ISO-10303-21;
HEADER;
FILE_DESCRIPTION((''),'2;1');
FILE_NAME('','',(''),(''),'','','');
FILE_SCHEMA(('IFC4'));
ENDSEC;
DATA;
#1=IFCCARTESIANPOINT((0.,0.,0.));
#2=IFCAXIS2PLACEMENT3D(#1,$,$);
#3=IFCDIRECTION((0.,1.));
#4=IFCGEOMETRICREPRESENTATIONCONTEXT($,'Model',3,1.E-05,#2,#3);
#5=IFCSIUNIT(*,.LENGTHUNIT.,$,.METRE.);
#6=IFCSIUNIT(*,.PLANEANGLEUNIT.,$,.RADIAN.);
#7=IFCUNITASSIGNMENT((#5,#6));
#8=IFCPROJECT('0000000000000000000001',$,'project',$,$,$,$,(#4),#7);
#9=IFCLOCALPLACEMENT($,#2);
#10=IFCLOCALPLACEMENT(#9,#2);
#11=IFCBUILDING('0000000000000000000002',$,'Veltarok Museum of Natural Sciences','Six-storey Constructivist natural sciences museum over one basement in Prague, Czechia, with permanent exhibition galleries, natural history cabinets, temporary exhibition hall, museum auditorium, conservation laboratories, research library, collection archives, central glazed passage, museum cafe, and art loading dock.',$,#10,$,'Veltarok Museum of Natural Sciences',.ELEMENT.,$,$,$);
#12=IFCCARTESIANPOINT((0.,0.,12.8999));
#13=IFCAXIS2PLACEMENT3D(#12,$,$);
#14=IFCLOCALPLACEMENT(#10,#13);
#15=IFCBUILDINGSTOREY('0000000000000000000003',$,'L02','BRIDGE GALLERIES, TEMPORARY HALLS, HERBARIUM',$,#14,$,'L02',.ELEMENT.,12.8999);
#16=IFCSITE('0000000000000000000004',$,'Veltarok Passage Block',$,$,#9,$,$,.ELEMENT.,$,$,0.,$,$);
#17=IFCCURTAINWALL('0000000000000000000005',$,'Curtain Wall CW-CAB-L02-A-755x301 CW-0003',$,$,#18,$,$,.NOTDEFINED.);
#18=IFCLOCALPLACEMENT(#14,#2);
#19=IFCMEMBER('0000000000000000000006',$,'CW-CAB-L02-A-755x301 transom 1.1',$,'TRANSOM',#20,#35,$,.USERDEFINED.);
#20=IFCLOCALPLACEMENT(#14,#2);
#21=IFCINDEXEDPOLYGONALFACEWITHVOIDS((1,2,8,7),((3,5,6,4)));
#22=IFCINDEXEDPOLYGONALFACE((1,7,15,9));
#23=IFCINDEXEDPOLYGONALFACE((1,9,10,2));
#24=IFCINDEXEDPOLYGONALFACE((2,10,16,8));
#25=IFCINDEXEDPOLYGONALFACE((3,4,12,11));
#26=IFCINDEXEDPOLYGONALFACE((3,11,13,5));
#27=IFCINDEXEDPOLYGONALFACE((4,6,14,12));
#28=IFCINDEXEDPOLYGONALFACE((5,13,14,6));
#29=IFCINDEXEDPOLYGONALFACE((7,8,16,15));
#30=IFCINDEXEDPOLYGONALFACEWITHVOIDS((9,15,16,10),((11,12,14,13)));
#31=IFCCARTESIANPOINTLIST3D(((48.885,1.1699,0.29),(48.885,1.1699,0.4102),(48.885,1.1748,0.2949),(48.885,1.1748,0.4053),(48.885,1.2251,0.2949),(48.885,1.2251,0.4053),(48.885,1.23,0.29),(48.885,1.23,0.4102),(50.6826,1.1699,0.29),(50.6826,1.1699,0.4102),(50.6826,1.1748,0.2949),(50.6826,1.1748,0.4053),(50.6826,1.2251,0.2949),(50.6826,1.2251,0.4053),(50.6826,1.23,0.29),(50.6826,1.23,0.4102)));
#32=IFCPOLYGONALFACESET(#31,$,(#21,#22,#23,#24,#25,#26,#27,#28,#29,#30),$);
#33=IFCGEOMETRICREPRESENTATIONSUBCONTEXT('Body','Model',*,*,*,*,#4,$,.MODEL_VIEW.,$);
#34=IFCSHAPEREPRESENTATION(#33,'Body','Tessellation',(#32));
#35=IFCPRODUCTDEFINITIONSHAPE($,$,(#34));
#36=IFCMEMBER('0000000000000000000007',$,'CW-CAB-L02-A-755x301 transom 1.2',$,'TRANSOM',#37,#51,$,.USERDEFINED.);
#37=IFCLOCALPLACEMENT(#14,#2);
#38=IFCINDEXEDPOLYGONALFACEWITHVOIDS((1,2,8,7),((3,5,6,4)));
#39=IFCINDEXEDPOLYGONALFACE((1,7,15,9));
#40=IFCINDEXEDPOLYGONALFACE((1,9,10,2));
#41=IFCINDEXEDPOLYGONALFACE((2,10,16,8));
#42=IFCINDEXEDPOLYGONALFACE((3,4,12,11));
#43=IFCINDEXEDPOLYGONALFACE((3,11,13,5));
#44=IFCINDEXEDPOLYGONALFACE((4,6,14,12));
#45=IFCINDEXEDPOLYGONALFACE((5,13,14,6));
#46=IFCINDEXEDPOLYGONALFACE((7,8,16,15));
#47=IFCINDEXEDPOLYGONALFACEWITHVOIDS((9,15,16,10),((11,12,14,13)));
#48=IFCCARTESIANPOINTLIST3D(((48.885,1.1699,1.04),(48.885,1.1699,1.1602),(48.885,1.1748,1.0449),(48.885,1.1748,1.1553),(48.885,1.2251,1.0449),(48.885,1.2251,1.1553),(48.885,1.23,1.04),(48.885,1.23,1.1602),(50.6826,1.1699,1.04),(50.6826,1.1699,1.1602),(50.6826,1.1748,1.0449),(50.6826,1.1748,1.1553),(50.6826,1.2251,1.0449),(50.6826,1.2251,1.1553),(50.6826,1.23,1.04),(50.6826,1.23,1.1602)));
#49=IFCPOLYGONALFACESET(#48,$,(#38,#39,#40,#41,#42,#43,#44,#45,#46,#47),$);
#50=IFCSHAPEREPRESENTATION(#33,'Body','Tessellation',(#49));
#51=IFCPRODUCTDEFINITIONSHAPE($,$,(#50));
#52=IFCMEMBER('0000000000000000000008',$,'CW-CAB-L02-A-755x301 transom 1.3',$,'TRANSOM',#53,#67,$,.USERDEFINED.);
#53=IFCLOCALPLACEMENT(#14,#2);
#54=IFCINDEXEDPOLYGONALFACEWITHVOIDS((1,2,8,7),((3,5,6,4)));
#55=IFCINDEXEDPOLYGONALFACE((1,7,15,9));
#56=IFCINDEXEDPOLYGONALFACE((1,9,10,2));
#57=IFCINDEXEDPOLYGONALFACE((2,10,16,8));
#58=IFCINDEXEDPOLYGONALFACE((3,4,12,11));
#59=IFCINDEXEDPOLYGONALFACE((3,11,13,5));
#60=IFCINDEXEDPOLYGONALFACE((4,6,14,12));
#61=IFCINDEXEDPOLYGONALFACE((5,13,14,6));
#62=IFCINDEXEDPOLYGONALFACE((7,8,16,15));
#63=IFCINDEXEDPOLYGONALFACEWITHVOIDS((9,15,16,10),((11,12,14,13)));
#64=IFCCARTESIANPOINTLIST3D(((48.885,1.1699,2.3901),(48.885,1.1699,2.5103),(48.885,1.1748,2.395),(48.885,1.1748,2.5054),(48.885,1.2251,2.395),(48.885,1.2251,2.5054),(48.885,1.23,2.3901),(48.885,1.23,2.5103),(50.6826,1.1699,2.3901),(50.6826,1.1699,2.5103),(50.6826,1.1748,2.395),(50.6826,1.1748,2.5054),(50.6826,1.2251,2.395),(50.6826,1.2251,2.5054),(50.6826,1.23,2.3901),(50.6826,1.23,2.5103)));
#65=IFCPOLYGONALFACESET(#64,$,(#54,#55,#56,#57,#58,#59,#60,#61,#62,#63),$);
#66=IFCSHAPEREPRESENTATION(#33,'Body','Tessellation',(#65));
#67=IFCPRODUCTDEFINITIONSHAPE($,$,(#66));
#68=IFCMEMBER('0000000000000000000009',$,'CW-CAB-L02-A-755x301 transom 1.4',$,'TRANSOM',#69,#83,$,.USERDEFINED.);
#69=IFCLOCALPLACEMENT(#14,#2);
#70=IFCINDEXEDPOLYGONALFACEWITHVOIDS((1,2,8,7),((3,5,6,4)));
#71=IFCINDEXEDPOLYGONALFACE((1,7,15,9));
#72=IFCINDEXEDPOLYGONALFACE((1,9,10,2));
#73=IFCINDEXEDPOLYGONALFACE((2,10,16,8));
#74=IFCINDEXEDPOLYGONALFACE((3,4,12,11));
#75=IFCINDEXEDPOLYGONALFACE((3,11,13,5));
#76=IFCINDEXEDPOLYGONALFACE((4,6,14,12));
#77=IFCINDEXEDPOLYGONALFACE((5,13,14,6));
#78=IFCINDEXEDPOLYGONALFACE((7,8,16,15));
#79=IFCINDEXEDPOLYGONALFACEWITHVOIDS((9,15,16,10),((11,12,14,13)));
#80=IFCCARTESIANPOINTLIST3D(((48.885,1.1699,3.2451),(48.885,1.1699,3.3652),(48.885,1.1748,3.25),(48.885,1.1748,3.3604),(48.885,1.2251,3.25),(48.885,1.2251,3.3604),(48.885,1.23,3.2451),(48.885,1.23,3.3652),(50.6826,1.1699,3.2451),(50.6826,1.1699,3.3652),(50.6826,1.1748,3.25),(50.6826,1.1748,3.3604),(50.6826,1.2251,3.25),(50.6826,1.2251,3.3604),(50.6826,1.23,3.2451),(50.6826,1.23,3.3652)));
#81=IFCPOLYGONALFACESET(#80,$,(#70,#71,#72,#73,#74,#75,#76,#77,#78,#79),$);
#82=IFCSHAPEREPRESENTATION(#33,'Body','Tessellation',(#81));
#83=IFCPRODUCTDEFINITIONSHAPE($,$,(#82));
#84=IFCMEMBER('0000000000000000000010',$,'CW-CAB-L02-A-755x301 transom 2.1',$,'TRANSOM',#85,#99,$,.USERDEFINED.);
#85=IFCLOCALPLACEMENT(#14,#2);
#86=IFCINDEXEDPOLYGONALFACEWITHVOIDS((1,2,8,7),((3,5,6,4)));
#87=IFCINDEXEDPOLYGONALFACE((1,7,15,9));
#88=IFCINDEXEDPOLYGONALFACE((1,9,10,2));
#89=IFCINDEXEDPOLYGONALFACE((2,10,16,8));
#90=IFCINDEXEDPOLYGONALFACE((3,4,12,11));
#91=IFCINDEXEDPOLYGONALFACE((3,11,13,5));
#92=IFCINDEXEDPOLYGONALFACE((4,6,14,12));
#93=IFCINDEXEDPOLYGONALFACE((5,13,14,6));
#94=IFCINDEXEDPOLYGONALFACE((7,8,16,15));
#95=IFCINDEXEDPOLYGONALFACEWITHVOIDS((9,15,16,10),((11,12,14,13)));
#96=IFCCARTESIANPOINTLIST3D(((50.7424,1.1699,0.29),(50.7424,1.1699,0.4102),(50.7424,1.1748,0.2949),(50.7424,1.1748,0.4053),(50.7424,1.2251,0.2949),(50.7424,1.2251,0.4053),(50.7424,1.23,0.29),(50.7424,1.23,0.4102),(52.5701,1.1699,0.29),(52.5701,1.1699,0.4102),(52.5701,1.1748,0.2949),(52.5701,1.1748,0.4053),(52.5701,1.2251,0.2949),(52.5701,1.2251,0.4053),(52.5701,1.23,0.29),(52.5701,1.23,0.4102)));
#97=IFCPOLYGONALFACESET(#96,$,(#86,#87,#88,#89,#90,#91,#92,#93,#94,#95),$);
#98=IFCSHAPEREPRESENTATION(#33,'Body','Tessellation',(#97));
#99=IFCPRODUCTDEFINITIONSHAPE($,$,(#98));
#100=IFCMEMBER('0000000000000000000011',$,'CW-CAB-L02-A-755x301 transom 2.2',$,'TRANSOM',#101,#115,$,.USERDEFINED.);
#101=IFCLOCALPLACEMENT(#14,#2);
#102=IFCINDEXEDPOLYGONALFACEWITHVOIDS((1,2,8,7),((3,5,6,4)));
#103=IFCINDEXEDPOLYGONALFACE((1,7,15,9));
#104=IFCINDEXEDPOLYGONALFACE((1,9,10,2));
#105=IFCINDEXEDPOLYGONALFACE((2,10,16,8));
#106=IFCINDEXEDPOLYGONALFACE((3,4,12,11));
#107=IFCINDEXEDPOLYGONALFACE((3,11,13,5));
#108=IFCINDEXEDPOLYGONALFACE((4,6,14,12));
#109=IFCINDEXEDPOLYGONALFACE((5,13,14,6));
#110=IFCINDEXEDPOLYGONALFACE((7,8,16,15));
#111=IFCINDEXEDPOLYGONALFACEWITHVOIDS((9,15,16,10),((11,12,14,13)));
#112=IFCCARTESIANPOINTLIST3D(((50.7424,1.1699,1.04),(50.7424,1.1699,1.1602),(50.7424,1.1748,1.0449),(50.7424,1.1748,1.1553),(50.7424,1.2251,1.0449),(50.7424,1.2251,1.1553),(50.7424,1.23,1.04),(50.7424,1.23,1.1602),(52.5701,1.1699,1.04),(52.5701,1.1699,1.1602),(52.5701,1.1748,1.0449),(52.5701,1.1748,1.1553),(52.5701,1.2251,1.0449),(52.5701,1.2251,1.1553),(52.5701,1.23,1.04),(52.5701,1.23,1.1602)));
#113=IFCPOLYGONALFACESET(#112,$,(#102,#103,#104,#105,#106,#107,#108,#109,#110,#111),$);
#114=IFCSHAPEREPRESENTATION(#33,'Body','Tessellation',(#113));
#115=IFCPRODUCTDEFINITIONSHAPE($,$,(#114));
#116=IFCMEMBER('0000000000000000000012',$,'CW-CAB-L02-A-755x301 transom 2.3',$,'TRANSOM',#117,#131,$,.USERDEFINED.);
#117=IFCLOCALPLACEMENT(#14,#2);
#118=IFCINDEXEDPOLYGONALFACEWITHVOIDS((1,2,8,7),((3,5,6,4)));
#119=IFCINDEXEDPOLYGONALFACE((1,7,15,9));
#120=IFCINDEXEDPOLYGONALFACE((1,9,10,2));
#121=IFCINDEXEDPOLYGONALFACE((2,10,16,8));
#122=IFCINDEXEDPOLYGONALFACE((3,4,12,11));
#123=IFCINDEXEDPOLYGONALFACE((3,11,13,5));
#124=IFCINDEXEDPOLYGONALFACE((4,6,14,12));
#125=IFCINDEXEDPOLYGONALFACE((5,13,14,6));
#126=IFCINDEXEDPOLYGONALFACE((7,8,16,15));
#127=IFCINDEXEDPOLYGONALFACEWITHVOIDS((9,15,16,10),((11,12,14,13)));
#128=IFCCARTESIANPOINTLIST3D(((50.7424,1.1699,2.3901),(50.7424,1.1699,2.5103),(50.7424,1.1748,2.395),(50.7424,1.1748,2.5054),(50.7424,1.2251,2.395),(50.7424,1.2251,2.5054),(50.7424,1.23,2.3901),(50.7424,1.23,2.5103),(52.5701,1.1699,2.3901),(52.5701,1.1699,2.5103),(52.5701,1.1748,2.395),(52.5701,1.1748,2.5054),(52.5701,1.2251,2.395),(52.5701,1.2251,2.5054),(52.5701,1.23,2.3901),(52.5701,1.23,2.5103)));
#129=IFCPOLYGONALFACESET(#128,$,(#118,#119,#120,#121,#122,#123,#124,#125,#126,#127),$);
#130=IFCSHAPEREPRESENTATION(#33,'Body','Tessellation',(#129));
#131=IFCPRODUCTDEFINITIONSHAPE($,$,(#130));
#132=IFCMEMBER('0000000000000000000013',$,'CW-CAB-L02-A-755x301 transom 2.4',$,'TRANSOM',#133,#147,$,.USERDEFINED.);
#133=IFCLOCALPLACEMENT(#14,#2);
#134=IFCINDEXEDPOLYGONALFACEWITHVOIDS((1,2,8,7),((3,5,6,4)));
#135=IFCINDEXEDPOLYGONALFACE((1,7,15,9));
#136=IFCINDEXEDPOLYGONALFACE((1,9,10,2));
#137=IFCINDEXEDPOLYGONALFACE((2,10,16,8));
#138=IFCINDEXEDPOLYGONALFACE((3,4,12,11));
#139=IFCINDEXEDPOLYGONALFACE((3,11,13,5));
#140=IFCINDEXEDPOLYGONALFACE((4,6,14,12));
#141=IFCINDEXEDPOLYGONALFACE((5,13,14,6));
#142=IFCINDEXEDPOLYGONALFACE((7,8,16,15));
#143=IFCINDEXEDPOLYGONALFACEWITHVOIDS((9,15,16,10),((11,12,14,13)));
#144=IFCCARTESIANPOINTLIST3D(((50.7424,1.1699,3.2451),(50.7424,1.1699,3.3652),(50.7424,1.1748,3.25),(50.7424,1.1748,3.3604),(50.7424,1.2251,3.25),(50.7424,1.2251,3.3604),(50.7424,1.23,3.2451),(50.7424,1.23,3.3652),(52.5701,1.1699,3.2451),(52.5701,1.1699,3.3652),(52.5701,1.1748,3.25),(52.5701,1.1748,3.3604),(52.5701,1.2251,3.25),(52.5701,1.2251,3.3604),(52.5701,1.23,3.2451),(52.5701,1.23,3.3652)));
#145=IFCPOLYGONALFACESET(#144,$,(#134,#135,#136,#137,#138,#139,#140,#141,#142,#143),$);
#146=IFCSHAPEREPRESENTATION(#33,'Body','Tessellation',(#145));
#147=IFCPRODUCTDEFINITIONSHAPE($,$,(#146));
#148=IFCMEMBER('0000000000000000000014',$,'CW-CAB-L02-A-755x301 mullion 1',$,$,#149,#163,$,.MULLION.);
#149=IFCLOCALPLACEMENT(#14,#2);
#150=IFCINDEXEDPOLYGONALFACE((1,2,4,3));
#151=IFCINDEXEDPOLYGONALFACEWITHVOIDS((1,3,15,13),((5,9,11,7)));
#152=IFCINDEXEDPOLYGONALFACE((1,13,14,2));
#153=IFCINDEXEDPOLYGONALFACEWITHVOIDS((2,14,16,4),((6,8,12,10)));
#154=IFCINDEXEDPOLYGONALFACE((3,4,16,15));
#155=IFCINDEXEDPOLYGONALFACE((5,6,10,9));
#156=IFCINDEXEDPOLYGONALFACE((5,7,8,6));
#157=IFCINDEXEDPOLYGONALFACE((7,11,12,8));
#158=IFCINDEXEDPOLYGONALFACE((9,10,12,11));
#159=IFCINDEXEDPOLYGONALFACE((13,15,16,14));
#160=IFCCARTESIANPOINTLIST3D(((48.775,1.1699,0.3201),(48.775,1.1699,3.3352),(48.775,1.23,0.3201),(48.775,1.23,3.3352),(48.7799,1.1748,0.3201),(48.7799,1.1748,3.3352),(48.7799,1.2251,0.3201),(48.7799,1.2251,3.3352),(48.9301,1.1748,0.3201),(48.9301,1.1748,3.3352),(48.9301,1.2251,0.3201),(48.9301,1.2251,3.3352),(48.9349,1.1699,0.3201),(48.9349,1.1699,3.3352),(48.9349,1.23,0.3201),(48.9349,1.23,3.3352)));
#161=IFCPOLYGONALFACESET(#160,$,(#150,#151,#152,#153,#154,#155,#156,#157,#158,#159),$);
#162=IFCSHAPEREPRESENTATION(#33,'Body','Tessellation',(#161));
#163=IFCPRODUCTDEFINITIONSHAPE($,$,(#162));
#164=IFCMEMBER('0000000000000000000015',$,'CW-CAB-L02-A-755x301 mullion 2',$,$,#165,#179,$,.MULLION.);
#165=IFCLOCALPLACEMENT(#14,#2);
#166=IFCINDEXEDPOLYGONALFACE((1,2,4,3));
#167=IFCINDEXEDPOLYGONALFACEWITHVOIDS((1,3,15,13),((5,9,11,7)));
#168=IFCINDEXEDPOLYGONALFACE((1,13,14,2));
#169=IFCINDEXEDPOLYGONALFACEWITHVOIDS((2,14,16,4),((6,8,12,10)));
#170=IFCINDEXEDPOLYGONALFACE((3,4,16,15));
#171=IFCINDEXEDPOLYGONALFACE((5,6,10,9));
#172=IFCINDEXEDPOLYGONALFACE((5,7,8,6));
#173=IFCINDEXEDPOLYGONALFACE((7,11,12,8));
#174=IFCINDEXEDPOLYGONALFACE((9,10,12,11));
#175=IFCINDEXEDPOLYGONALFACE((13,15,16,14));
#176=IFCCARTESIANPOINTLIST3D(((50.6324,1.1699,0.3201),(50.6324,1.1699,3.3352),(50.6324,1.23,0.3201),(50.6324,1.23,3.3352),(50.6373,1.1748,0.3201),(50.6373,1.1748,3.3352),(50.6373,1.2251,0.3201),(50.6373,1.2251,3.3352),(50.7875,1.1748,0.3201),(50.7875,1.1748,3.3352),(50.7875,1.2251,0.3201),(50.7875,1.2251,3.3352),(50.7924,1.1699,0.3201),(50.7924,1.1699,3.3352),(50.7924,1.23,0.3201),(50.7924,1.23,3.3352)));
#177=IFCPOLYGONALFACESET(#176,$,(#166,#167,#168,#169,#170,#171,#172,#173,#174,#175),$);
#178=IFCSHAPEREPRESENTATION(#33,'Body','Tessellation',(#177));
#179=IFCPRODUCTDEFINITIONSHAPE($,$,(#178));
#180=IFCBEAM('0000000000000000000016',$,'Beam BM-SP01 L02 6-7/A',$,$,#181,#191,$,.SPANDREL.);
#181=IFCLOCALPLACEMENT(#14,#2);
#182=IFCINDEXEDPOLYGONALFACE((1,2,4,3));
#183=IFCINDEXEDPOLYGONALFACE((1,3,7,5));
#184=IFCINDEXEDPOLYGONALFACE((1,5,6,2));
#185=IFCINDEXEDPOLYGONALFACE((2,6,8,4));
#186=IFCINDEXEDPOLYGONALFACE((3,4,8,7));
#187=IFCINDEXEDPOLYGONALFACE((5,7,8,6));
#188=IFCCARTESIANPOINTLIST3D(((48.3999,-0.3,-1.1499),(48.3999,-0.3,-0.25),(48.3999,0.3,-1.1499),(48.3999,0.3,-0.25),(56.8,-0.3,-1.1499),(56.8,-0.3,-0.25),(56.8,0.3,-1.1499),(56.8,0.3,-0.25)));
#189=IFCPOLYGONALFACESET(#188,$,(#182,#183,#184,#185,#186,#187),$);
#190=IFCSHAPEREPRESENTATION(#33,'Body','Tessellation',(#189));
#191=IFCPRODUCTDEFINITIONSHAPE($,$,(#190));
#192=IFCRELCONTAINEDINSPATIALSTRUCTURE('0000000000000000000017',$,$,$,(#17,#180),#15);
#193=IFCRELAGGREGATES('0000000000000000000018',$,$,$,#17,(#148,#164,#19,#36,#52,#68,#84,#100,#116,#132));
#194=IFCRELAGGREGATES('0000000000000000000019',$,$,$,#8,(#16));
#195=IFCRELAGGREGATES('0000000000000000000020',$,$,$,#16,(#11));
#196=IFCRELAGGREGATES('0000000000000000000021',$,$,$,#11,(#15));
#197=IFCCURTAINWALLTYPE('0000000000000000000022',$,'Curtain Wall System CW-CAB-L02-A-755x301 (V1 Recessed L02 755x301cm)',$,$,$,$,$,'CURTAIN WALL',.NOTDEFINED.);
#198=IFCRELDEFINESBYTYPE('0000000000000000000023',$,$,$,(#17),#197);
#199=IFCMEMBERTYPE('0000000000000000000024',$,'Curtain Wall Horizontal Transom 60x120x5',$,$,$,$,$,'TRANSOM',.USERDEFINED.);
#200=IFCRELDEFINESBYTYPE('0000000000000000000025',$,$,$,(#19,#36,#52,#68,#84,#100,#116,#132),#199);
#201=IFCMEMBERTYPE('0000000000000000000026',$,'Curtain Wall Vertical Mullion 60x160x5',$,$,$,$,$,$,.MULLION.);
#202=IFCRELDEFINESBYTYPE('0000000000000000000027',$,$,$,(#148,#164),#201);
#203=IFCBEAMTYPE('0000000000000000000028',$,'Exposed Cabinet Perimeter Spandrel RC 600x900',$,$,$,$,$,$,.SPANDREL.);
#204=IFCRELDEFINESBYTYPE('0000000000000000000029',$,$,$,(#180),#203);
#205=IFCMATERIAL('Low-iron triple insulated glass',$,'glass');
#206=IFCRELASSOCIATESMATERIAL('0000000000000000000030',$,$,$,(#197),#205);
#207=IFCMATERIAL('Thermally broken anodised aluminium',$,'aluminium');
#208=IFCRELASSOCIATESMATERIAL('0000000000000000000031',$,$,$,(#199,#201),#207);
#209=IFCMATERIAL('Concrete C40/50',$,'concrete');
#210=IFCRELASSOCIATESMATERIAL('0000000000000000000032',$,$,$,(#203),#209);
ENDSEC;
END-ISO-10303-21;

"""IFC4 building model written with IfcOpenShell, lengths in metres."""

from ifc_helpers import new_model, si_unit, direction, frame, origin, origin_2d, place, context, subcontext, project, spatial, rectangle, hollow_rectangle, extrude, material, material_profile, profile_set, type_object, element, aggregate, save


model = new_model("IFC4")

# Units and contexts
model_context = context("Model", 3, precision=1e-05, world=origin(), true_north=direction((0.0, 1.0)))
body_context = subcontext(model_context, "Body", "Model", "MODEL_VIEW")
ifc_project = project(units=[si_unit("LENGTHUNIT", "METRE"), si_unit("PLANEANGLEUNIT", "RADIAN")], contexts=[model_context])

# Site, building, storey
site_placement = place(None, origin())
site = spatial("IfcSite", under=ifc_project, at=site_placement, Name="Veltarok Passage Block", CompositionType="ELEMENT", RefElevation=0.0)
building_placement = place(site_placement, origin())
building = spatial("IfcBuilding", under=site, at=building_placement, Name="Veltarok Museum of Natural Sciences", Description="Six-storey Constructivist natural sciences museum over one basement in Prague, Czechia, with permanent exhibition galleries, natural history cabinets, temporary exhibition hall, museum auditorium, conservation laboratories, research library, collection archives, central glazed passage, museum cafe, and art loading dock.", LongName="Veltarok Museum of Natural Sciences", CompositionType="ELEMENT")
storey_placement = place(building_placement, frame((0.0, 0.0, 12.8999)))
storey = spatial("IfcBuildingStorey", under=building, at=storey_placement, Name="L02", Description="BRIDGE GALLERIES, TEMPORARY HALLS, HERBARIUM", LongName="L02", CompositionType="ELEMENT", Elevation=12.8999)

# Shared definitions
ifc_material_1 = material(Name="Concrete C40/50", Category="concrete")

# Curtain wall, members
ifc_material_2 = material(Name="Low-iron triple insulated glass", Category="glass")
curtain_wall_type = type_object("IfcCurtainWallType", Name="Curtain Wall System CW-CAB-L02-A-755x301 (V1 Recessed L02 755x301cm)", ElementType="CURTAIN WALL", PredefinedType="NOTDEFINED", material=ifc_material_2)
curtain_wall_placement = place(storey_placement, origin())
curtain_wall = element("IfcCurtainWall", 1, at=curtain_wall_placement, inside=storey, type_object=curtain_wall_type, Name="Curtain Wall CW-CAB-L02-A-755x301 CW-0003", PredefinedType="NOTDEFINED")
ifc_material_3 = material(Name="Thermally broken anodised aluminium", Category="aluminium")
ifc_material_profile_1 = material_profile(ifc_material_3, hollow_rectangle(XDim=0.0601, YDim=0.1201, WallThickness=0.0049, at=origin_2d()), Name="CW TRANSOM 60x120x5")
ifc_profile_set_1 = profile_set([ifc_material_profile_1], Name="Thermally broken anodised aluminium")
member_type_1 = type_object("IfcMemberType", Name="Curtain Wall Horizontal Transom 60x120x5", ElementType="TRANSOM", PredefinedType="USERDEFINED", material=ifc_profile_set_1)
member_1_placement = place(storey_placement, frame((48.885, 1.2, 0.3501), z_axis=(1.0, 0.0, 0.0), x_axis=(0.0, 1.0, 0.0)))
member_1 = element("IfcMember", 2, at=member_1_placement, type_object=member_type_1, Name="CW-CAB-L02-A-755x301 transom 1.1", ObjectType="TRANSOM", PredefinedType="USERDEFINED", context=body_context, shape_type="SweptSolid", body=[
    extrude(hollow_rectangle(XDim=0.0601, YDim=0.1201, WallThickness=0.0049, at=origin_2d()), origin(), (0.0, 0.0, 1.0), 1.7976),
])
member_2_placement = place(storey_placement, frame((48.885, 1.2, 1.1001), z_axis=(1.0, 0.0, 0.0), x_axis=(0.0, 1.0, 0.0)))
member_2 = element("IfcMember", 3, at=member_2_placement, type_object=member_type_1, Name="CW-CAB-L02-A-755x301 transom 1.2", ObjectType="TRANSOM", PredefinedType="USERDEFINED", context=body_context, shape_type="SweptSolid", body=[
    extrude(hollow_rectangle(XDim=0.0601, YDim=0.1201, WallThickness=0.0049, at=origin_2d()), origin(), (0.0, 0.0, 1.0), 1.7976),
])
member_3_placement = place(storey_placement, frame((48.885, 1.2, 2.4502), z_axis=(1.0, 0.0, 0.0), x_axis=(0.0, 1.0, 0.0)))
member_3 = element("IfcMember", 4, at=member_3_placement, type_object=member_type_1, Name="CW-CAB-L02-A-755x301 transom 1.3", ObjectType="TRANSOM", PredefinedType="USERDEFINED", context=body_context, shape_type="SweptSolid", body=[
    extrude(hollow_rectangle(XDim=0.0601, YDim=0.1201, WallThickness=0.0049, at=origin_2d()), origin(), (0.0, 0.0, 1.0), 1.7976),
])
member_4_placement = place(storey_placement, frame((48.885, 1.2, 3.3052), z_axis=(1.0, 0.0, 0.0), x_axis=(0.0, 1.0, 0.0)))
member_4 = element("IfcMember", 5, at=member_4_placement, type_object=member_type_1, Name="CW-CAB-L02-A-755x301 transom 1.4", ObjectType="TRANSOM", PredefinedType="USERDEFINED", context=body_context, shape_type="SweptSolid", body=[
    extrude(hollow_rectangle(XDim=0.0601, YDim=0.1201, WallThickness=0.0049, at=origin_2d()), origin(), (0.0, 0.0, 1.0), 1.7976),
])
member_5_placement = place(storey_placement, frame((50.7424, 1.2, 0.3501), z_axis=(1.0, 0.0, 0.0), x_axis=(0.0, 1.0, 0.0)))
member_5 = element("IfcMember", 6, at=member_5_placement, type_object=member_type_1, Name="CW-CAB-L02-A-755x301 transom 2.1", ObjectType="TRANSOM", PredefinedType="USERDEFINED", context=body_context, shape_type="SweptSolid", body=[
    extrude(hollow_rectangle(XDim=0.0601, YDim=0.1201, WallThickness=0.0049, at=origin_2d()), origin(), (0.0, 0.0, 1.0), 1.8276),
])
member_6_placement = place(storey_placement, frame((50.7424, 1.2, 1.1001), z_axis=(1.0, 0.0, 0.0), x_axis=(0.0, 1.0, 0.0)))
member_6 = element("IfcMember", 7, at=member_6_placement, type_object=member_type_1, Name="CW-CAB-L02-A-755x301 transom 2.2", ObjectType="TRANSOM", PredefinedType="USERDEFINED", context=body_context, shape_type="SweptSolid", body=[
    extrude(hollow_rectangle(XDim=0.0601, YDim=0.1201, WallThickness=0.0049, at=origin_2d()), origin(), (0.0, 0.0, 1.0), 1.8276),
])
member_7_placement = place(storey_placement, frame((50.7424, 1.2, 2.4502), z_axis=(1.0, 0.0, 0.0), x_axis=(0.0, 1.0, 0.0)))
member_7 = element("IfcMember", 8, at=member_7_placement, type_object=member_type_1, Name="CW-CAB-L02-A-755x301 transom 2.3", ObjectType="TRANSOM", PredefinedType="USERDEFINED", context=body_context, shape_type="SweptSolid", body=[
    extrude(hollow_rectangle(XDim=0.0601, YDim=0.1201, WallThickness=0.0049, at=origin_2d()), origin(), (0.0, 0.0, 1.0), 1.8276),
])
member_8_placement = place(storey_placement, frame((50.7424, 1.2, 3.3052), z_axis=(1.0, 0.0, 0.0), x_axis=(0.0, 1.0, 0.0)))
member_8 = element("IfcMember", 9, at=member_8_placement, type_object=member_type_1, Name="CW-CAB-L02-A-755x301 transom 2.4", ObjectType="TRANSOM", PredefinedType="USERDEFINED", context=body_context, shape_type="SweptSolid", body=[
    extrude(hollow_rectangle(XDim=0.0601, YDim=0.1201, WallThickness=0.0049, at=origin_2d()), origin(), (0.0, 0.0, 1.0), 1.8276),
])
ifc_material_profile_2 = material_profile(ifc_material_3, hollow_rectangle(XDim=0.0601, YDim=0.1599, WallThickness=0.0049, at=origin_2d()), Name="CW MULLION 60x160x5")
ifc_profile_set_2 = profile_set([ifc_material_profile_2], Name="Thermally broken anodised aluminium")
member_type_2 = type_object("IfcMemberType", Name="Curtain Wall Vertical Mullion 60x160x5", PredefinedType="MULLION", material=ifc_profile_set_2)
member_9_placement = place(storey_placement, frame((48.855, 1.2, 0.3201), z_axis=(0.0, 0.0, 1.0), x_axis=(0.0, 1.0, 0.0)))
member_9 = element("IfcMember", 10, at=member_9_placement, type_object=member_type_2, Name="CW-CAB-L02-A-755x301 mullion 1", PredefinedType="MULLION", context=body_context, shape_type="SweptSolid", body=[
    extrude(hollow_rectangle(XDim=0.0601, YDim=0.1599, WallThickness=0.0049, at=origin_2d()), origin(), (0.0, 0.0, 1.0), 3.0151),
])
member_10_placement = place(storey_placement, frame((50.7124, 1.2, 0.3201), z_axis=(0.0, 0.0, 1.0), x_axis=(0.0, 1.0, 0.0)))
member_10 = element("IfcMember", 11, at=member_10_placement, type_object=member_type_2, Name="CW-CAB-L02-A-755x301 mullion 2", PredefinedType="MULLION", context=body_context, shape_type="SweptSolid", body=[
    extrude(hollow_rectangle(XDim=0.0601, YDim=0.1599, WallThickness=0.0049, at=origin_2d()), origin(), (0.0, 0.0, 1.0), 3.0151),
])

# Beam
ifc_material_profile_3 = material_profile(ifc_material_1, rectangle(XDim=0.6001, YDim=0.8999, at=origin_2d()), Name="RC 600x900")
ifc_profile_set_3 = profile_set([ifc_material_profile_3], Name="Concrete C40/50")
beam_type_1 = type_object("IfcBeamType", Name="Exposed Cabinet Perimeter Spandrel RC 600x900", PredefinedType="SPANDREL", material=ifc_profile_set_3)
beam_1_placement = place(storey_placement, frame((48.3999, 0.0, -0.7), z_axis=(1.0, 0.0, 0.0), x_axis=(0.0, 1.0, 0.0)))
element("IfcBeam", 12, at=beam_1_placement, inside=storey, type_object=beam_type_1, Name="Beam BM-SP01 L02 6-7/A", PredefinedType="SPANDREL", context=body_context, shape_type="SweptSolid", body=[
    extrude(rectangle(XDim=0.6001, YDim=0.8999, at=origin_2d()), origin(), (0.0, 0.0, 1.0), 8.4001),
])

aggregate(curtain_wall, [member_9, member_10, member_1, member_2, member_3, member_4, member_5, member_6, member_7, member_8])

save(model, "model.ifc")
